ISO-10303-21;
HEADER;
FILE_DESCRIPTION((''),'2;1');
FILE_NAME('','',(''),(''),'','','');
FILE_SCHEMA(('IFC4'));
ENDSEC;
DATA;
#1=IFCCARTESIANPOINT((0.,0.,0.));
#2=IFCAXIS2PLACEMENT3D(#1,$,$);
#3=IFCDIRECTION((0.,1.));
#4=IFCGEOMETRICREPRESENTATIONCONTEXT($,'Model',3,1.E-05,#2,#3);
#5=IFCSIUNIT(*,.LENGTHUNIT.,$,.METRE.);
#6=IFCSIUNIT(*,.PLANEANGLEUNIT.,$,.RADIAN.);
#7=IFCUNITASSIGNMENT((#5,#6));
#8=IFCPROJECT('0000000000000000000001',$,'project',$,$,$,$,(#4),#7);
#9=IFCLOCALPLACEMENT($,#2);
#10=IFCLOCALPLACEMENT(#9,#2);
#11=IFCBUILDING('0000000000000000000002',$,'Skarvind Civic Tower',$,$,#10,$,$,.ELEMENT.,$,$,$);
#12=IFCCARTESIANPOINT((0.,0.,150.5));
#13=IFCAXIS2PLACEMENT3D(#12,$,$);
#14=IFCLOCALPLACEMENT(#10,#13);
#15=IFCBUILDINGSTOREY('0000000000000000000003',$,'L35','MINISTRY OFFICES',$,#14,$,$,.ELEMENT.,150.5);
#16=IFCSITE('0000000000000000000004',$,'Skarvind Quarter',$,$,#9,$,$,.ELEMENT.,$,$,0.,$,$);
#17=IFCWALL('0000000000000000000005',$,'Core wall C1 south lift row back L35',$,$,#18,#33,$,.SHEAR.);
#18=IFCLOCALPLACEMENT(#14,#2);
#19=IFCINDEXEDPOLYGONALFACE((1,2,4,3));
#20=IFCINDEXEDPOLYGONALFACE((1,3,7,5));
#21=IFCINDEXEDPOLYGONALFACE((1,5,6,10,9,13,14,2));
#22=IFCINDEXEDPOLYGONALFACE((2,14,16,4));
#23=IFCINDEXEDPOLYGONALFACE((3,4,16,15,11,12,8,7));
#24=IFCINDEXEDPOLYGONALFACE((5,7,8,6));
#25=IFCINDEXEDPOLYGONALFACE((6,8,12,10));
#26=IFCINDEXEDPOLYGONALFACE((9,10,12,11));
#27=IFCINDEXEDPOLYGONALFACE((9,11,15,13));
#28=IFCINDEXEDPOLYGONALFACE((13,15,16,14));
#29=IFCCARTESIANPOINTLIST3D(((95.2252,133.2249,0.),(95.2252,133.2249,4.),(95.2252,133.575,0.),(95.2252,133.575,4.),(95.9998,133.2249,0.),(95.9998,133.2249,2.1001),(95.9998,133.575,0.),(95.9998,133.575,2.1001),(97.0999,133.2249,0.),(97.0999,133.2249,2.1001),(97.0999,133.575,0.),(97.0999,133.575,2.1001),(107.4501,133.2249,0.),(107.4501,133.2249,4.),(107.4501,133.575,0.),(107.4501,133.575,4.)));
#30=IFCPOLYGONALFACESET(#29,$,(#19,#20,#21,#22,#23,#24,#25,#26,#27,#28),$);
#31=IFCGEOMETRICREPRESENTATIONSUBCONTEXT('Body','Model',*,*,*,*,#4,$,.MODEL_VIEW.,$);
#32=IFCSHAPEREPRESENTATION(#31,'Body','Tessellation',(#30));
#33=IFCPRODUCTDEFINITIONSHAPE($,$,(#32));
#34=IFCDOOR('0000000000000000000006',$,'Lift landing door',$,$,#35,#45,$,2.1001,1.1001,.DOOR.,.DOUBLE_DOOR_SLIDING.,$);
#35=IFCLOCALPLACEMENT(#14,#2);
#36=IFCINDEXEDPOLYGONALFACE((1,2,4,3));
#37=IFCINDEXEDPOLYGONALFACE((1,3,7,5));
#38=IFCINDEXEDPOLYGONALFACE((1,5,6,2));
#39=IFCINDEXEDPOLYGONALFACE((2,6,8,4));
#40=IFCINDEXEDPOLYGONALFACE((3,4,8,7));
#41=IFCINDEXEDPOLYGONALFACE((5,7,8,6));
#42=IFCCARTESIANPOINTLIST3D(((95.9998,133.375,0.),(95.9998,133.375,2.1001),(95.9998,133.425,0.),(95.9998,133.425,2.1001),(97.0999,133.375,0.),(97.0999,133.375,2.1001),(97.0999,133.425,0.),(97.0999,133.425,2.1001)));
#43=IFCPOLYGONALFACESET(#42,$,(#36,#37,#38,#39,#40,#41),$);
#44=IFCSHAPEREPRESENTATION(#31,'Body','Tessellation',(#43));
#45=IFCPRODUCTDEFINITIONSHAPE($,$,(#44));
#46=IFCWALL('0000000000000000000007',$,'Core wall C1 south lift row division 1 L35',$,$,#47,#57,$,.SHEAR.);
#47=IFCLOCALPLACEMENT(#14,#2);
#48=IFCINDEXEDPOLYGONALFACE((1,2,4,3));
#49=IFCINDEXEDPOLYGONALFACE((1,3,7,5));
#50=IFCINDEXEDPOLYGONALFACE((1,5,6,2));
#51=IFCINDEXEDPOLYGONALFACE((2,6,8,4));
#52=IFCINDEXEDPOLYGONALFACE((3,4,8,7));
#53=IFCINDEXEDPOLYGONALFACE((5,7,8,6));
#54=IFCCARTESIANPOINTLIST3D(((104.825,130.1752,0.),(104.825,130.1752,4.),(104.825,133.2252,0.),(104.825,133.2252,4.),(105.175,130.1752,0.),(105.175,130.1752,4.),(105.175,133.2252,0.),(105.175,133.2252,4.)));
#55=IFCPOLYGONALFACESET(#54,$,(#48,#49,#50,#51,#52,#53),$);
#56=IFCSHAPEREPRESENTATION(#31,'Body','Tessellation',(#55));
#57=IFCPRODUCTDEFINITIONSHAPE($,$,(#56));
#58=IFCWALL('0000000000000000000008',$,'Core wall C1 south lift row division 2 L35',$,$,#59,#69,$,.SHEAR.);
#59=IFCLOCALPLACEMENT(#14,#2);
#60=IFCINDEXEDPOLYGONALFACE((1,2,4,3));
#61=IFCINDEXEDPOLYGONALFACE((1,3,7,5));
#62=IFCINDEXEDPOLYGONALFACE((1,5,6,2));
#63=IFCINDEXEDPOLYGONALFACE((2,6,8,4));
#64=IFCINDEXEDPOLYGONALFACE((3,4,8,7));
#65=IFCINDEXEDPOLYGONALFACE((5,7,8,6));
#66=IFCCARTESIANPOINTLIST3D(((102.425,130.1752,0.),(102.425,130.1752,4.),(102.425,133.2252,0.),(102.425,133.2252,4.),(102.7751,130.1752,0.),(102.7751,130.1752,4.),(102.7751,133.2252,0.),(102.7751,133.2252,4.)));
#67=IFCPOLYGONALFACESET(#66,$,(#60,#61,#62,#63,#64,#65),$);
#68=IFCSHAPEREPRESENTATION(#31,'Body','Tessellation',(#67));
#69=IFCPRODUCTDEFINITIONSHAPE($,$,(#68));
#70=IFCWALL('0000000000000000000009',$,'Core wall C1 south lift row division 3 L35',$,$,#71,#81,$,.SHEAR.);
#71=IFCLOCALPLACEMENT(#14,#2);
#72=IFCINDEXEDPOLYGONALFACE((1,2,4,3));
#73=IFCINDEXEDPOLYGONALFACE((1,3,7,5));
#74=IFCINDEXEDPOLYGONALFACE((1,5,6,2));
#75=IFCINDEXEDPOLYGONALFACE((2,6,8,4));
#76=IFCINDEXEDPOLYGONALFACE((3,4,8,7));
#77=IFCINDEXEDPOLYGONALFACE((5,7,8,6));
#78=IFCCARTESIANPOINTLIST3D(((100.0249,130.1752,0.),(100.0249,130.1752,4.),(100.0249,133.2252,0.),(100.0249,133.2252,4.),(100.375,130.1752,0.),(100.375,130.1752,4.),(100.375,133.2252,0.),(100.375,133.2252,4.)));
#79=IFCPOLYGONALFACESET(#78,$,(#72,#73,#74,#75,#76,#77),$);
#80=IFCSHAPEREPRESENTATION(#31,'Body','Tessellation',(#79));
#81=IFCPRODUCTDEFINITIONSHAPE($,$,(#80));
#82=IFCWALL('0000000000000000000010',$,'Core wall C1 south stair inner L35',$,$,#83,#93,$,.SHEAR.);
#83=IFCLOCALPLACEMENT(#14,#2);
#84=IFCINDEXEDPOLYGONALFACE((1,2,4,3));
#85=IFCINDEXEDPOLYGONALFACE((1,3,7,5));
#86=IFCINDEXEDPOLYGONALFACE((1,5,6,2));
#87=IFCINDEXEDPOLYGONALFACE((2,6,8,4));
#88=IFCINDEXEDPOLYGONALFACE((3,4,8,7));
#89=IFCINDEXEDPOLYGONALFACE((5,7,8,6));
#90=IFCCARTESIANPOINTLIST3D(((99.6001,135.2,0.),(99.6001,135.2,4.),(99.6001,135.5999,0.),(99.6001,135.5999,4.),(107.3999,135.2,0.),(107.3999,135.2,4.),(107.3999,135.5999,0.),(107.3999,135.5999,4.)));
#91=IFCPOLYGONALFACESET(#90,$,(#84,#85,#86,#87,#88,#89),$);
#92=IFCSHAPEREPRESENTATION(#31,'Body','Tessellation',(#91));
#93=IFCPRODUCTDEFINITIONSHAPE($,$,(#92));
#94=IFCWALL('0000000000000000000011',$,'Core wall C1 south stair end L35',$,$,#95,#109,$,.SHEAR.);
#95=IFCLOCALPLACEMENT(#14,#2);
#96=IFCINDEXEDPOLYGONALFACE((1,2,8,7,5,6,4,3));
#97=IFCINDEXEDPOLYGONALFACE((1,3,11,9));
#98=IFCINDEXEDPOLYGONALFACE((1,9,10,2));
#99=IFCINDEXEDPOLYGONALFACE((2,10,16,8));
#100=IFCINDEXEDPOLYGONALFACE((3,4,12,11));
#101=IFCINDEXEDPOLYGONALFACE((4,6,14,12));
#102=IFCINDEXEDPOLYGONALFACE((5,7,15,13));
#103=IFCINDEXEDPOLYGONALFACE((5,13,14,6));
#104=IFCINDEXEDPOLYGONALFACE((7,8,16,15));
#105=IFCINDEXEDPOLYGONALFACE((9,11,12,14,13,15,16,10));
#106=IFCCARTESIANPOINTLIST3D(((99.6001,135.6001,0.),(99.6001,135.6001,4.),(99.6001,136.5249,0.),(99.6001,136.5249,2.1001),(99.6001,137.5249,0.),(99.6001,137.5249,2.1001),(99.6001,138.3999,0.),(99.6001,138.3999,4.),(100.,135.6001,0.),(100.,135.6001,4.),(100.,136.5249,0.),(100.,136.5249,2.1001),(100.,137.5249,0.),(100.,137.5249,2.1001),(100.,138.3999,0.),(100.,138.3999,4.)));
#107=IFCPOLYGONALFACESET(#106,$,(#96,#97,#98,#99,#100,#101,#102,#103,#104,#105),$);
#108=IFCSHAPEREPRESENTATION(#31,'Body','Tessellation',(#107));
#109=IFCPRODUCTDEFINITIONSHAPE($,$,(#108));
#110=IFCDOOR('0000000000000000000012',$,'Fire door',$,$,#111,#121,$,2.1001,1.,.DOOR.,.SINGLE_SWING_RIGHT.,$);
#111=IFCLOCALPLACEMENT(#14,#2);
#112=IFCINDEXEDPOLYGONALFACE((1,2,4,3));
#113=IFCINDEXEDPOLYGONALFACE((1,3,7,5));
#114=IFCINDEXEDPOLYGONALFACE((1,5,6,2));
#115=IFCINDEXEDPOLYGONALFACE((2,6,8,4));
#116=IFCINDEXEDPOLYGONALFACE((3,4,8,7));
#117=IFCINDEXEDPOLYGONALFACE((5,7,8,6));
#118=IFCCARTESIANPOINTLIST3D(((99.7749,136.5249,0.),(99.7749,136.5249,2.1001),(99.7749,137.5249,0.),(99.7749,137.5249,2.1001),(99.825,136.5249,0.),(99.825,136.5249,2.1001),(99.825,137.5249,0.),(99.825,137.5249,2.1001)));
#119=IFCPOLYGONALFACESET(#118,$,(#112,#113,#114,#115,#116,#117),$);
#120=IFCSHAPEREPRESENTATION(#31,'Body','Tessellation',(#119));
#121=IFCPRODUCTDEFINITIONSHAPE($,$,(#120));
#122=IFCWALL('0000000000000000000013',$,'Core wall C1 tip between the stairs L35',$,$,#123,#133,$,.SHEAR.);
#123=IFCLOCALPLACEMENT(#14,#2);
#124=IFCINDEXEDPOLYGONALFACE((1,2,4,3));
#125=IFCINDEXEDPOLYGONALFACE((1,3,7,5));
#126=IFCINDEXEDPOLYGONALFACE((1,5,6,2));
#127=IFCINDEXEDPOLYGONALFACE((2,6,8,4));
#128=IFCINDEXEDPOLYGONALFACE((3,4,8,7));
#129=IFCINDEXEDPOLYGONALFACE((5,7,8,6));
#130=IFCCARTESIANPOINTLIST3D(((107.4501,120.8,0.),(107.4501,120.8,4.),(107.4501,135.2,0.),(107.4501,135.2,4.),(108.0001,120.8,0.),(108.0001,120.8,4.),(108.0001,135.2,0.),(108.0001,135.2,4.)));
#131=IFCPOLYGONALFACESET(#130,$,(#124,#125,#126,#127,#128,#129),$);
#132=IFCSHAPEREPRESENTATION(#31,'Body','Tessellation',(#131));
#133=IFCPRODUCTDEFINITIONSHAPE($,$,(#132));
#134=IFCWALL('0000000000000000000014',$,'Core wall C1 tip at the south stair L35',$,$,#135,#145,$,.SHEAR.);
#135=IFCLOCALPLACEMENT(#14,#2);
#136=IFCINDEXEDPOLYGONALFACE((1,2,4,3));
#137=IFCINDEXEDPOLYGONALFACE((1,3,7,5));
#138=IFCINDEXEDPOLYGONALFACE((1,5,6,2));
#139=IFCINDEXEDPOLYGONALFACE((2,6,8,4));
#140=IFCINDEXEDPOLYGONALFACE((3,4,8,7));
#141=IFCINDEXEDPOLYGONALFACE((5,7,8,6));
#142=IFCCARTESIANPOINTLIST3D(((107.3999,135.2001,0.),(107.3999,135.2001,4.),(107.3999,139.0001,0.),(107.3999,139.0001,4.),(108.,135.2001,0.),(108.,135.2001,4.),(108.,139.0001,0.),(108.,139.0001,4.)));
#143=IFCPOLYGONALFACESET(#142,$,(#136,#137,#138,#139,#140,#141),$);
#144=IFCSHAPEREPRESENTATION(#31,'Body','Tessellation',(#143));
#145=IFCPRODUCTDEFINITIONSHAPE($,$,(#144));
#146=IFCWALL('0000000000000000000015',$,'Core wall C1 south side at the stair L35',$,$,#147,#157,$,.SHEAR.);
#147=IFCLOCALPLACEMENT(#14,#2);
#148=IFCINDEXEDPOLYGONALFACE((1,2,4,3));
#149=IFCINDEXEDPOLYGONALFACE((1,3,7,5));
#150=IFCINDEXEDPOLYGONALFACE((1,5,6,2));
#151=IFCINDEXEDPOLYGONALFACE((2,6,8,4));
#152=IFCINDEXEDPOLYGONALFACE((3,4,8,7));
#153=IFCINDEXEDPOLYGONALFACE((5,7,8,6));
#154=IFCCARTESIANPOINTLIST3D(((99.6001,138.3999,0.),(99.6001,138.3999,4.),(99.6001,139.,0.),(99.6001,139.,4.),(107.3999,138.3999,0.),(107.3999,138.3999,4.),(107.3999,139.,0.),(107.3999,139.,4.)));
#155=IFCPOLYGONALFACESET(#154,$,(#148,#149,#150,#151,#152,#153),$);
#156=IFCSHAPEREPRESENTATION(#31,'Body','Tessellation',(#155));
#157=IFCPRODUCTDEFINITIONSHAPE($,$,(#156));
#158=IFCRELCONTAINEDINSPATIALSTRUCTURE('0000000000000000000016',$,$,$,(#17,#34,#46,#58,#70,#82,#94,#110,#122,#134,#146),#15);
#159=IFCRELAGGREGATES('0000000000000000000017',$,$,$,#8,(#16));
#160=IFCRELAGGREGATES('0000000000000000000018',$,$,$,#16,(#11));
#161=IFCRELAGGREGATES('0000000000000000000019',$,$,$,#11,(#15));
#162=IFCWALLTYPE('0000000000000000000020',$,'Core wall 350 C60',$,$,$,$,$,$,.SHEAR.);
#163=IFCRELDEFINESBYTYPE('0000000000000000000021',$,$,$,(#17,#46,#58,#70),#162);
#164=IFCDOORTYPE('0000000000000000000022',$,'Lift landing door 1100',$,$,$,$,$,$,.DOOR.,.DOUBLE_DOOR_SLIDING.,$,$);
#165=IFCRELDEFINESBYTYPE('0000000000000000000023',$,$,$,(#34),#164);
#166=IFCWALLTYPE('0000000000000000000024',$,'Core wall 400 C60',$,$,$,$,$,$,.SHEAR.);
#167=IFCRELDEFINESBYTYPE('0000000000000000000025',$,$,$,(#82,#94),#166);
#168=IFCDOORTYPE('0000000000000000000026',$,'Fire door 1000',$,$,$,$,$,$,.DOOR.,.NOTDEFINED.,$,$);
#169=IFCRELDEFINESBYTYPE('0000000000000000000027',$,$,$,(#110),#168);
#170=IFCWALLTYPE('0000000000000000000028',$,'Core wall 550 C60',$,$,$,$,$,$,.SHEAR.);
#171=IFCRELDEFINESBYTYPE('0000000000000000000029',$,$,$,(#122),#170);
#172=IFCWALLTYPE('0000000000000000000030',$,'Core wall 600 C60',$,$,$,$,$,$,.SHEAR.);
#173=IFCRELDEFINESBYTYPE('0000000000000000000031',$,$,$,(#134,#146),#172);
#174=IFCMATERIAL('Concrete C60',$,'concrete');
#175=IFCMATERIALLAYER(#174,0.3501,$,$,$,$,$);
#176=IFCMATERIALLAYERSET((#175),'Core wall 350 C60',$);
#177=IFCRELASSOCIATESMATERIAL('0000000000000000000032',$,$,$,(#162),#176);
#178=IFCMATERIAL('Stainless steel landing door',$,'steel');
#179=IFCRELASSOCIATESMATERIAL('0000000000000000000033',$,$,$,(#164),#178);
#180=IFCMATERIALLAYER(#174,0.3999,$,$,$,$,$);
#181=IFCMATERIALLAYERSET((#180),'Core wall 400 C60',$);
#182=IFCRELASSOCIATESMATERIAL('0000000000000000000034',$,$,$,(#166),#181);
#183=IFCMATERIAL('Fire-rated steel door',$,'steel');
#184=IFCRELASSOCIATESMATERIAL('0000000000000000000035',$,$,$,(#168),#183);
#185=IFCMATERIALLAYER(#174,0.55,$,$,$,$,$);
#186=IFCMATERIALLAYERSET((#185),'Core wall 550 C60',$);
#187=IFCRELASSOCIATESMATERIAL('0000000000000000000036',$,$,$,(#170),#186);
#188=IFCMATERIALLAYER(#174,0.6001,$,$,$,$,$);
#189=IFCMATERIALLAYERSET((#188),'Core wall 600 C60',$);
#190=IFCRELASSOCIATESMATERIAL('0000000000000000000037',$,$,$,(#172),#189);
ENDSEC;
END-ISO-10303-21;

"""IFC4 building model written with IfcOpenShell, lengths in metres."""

from ifc_helpers import new_model, si_unit, direction, frame, frame_2d, origin, place, context, subcontext, project, spatial, rectangle, extrude, material, layer, layer_set, type_object, element, fill, save


model = new_model("IFC4")

# Units and contexts
model_context = context("Model", 3, precision=1e-05, world=origin(), true_north=direction((0.0, 1.0)))
body_context = subcontext(model_context, "Body", "Model", "MODEL_VIEW")
ifc_project = project(units=[si_unit("LENGTHUNIT", "METRE"), si_unit("PLANEANGLEUNIT", "RADIAN")], contexts=[model_context])

# Site, building, storey
site_placement = place(None, origin())
site = spatial("IfcSite", under=ifc_project, at=site_placement, Name="Skarvind Quarter", CompositionType="ELEMENT", RefElevation=0.0)
building_placement = place(site_placement, origin())
building = spatial("IfcBuilding", under=site, at=building_placement, Name="Skarvind Civic Tower", CompositionType="ELEMENT")
storey_placement = place(building_placement, frame((0.0, 0.0, 150.5)))
storey = spatial("IfcBuildingStorey", under=building, at=storey_placement, Name="L35", Description="MINISTRY OFFICES", CompositionType="ELEMENT", Elevation=150.5)

# Wall, opening, door
ifc_material_1 = material(Name="Concrete C60", Category="concrete")
ifc_layer_1 = layer(ifc_material_1, 0.3501)
ifc_layer_set_1 = layer_set([ifc_layer_1], Name="Core wall 350 C60")
wall_type_1 = type_object("IfcWallType", Name="Core wall 350 C60", PredefinedType="SHEAR", material=ifc_layer_set_1)
wall_1_placement = place(storey_placement, frame((107.45, 133.3999, 0.0), z_axis=(0.0, 0.0, 1.0), x_axis=(-1.0, 0.0, 0.0)))
wall_1 = element("IfcWall", 1, at=wall_1_placement, inside=storey, type_object=wall_type_1, Name="Core wall C1 south lift row back L35", PredefinedType="SHEAR", context=body_context, shape_type="SweptSolid", body=[
    extrude(rectangle(XDim=12.2249, YDim=0.3501, at=frame_2d((6.1123, 0.0))), origin(), (0.0, 0.0, 1.0), 4.0),
])
opening_1_placement = place(wall_1_placement, frame((10.3501, 0.0, 0.0)))
opening_1 = element("IfcOpeningElement", 2, at=opening_1_placement, cuts=wall_1, PredefinedType="OPENING", context=body_context, shape_type="SweptSolid", body=[
    extrude(rectangle(XDim=1.1001, YDim=2.1001, at=frame_2d((0.55, 1.05))), frame((0.0, 0.1851, 0.0), z_axis=(0.0, -1.0, 0.0), x_axis=(1.0, 0.0, 0.0)), (0.0, 0.0, 1.0), 0.3701),
])
ifc_material_2 = material(Name="Stainless steel landing door", Category="steel")
door_type_1 = type_object("IfcDoorType", Name="Lift landing door 1100", OperationType="DOUBLE_DOOR_SLIDING", PredefinedType="DOOR", material=ifc_material_2)
door_1_placement = place(opening_1_placement, origin())
door_1 = element("IfcDoor", 3, at=door_1_placement, inside=storey, type_object=door_type_1, Name="Lift landing door", OperationType="DOUBLE_DOOR_SLIDING", OverallHeight=2.1001, OverallWidth=1.1001, PredefinedType="DOOR", context=body_context, shape_type="SweptSolid", body=[
    extrude(rectangle(XDim=1.1001, YDim=2.1001, at=frame_2d((0.55, 1.05))), frame((0.0, 0.0249, 0.0), z_axis=(0.0, -1.0, 0.0), x_axis=(1.0, 0.0, 0.0)), (0.0, 0.0, 1.0), 0.05),
])
fill(opening_1, door_1)

# Walls
for number, where, z_axis, x_axis, name in (
    (4, (105.0, 133.2251, 0.0), (0.0, 0.0, 1.0), (0.0, -1.0, 0.0), "Core wall C1 south lift row division 1 L35"),
    (5, (102.6001, 133.2251, 0.0), (0.0, 0.0, 1.0), (0.0, -1.0, 0.0), "Core wall C1 south lift row division 2 L35"),
    (6, (100.2, 133.2251, 0.0), (0.0, 0.0, 1.0), (0.0, -1.0, 0.0), "Core wall C1 south lift row division 3 L35"),
):
    element("IfcWall", number, at=place(storey_placement, frame(where, z_axis=z_axis, x_axis=x_axis)), inside=storey, type_object=wall_type_1, Name=name, PredefinedType="SHEAR", context=body_context, shape_type="SweptSolid", body=[
        extrude(rectangle(XDim=3.05, YDim=0.3501, at=frame_2d((1.5249, 0.0))), origin(), (0.0, 0.0, 1.0), 4.0),
    ])
ifc_layer_2 = layer(ifc_material_1, 0.3999)
ifc_layer_set_2 = layer_set([ifc_layer_2], Name="Core wall 400 C60")
wall_type_2 = type_object("IfcWallType", Name="Core wall 400 C60", PredefinedType="SHEAR", material=ifc_layer_set_2)
wall_2_placement = place(storey_placement, frame((107.3999, 135.3999, 0.0), z_axis=(0.0, 0.0, 1.0), x_axis=(-1.0, 0.0, 0.0)))
element("IfcWall", 7, at=wall_2_placement, inside=storey, type_object=wall_type_2, Name="Core wall C1 south stair inner L35", PredefinedType="SHEAR", context=body_context, shape_type="SweptSolid", body=[
    extrude(rectangle(XDim=7.7998, YDim=0.3999, at=frame_2d((3.8999, 0.0))), origin(), (0.0, 0.0, 1.0), 4.0),
])

# Wall, opening, door
wall_3_placement = place(storey_placement, frame((99.8, 138.3999, 0.0), z_axis=(0.0, 0.0, 1.0), x_axis=(0.0, -1.0, 0.0)))
wall_3 = element("IfcWall", 8, at=wall_3_placement, inside=storey, type_object=wall_type_2, Name="Core wall C1 south stair end L35", PredefinedType="SHEAR", context=body_context, shape_type="SweptSolid", body=[
    extrude(rectangle(XDim=2.7998, YDim=0.3999, at=frame_2d((1.3999, 0.0))), origin(), (0.0, 0.0, 1.0), 4.0),
])
opening_2_placement = place(wall_3_placement, frame((0.875, 0.0, 0.0)))
opening_2 = element("IfcOpeningElement", 9, at=opening_2_placement, cuts=wall_3, PredefinedType="OPENING", context=body_context, shape_type="SweptSolid", body=[
    extrude(rectangle(XDim=1.0, YDim=2.1001, at=frame_2d((0.5, 1.05))), frame((0.0, 0.21, 0.0), z_axis=(0.0, -1.0, 0.0), x_axis=(1.0, 0.0, 0.0)), (0.0, 0.0, 1.0), 0.4199),
])
ifc_material_3 = material(Name="Fire-rated steel door", Category="steel")
door_type_2 = type_object("IfcDoorType", Name="Fire door 1000", OperationType="NOTDEFINED", PredefinedType="DOOR", material=ifc_material_3)
door_2_placement = place(opening_2_placement, origin())
door_2 = element("IfcDoor", 10, at=door_2_placement, inside=storey, type_object=door_type_2, Name="Fire door", OperationType="SINGLE_SWING_RIGHT", OverallHeight=2.1001, OverallWidth=1.0, PredefinedType="DOOR", context=body_context, shape_type="SweptSolid", body=[
    extrude(rectangle(XDim=1.0, YDim=2.1001, at=frame_2d((0.5, 1.05))), frame((0.0, 0.0249, 0.0), z_axis=(0.0, -1.0, 0.0), x_axis=(1.0, 0.0, 0.0)), (0.0, 0.0, 1.0), 0.05),
])
fill(opening_2, door_2)

# Walls
ifc_layer_3 = layer(ifc_material_1, 0.55)
ifc_layer_set_3 = layer_set([ifc_layer_3], Name="Core wall 550 C60")
wall_type_3 = type_object("IfcWallType", Name="Core wall 550 C60", PredefinedType="SHEAR", material=ifc_layer_set_3)
wall_4_placement = place(storey_placement, frame((107.7251, 135.2, 0.0), z_axis=(0.0, 0.0, 1.0), x_axis=(0.0, -1.0, 0.0)))
element("IfcWall", 11, at=wall_4_placement, inside=storey, type_object=wall_type_3, Name="Core wall C1 tip between the stairs L35", PredefinedType="SHEAR", context=body_context, shape_type="SweptSolid", body=[
    extrude(rectangle(XDim=14.3999, YDim=0.55, at=frame_2d((7.2, 0.0))), origin(), (0.0, 0.0, 1.0), 4.0),
])
ifc_layer_4 = layer(ifc_material_1, 0.6001)
ifc_layer_set_4 = layer_set([ifc_layer_4], Name="Core wall 600 C60")
wall_type_4 = type_object("IfcWallType", Name="Core wall 600 C60", PredefinedType="SHEAR", material=ifc_layer_set_4)
wall_5_placement = place(storey_placement, frame((107.7, 139.0, 0.0), z_axis=(0.0, 0.0, 1.0), x_axis=(0.0, -1.0, 0.0)))
element("IfcWall", 12, at=wall_5_placement, inside=storey, type_object=wall_type_4, Name="Core wall C1 tip at the south stair L35", PredefinedType="SHEAR", context=body_context, shape_type="SweptSolid", body=[
    extrude(rectangle(XDim=3.8, YDim=0.6001, at=frame_2d((1.8999, 0.0))), origin(), (0.0, 0.0, 1.0), 4.0),
])
wall_6_placement = place(storey_placement, frame((107.3999, 138.7, 0.0), z_axis=(0.0, 0.0, 1.0), x_axis=(-1.0, 0.0, 0.0)))
element("IfcWall", 13, at=wall_6_placement, inside=storey, type_object=wall_type_4, Name="Core wall C1 south side at the stair L35", PredefinedType="SHEAR", context=body_context, shape_type="SweptSolid", body=[
    extrude(rectangle(XDim=7.7998, YDim=0.6001, at=frame_2d((3.8999, 0.0))), origin(), (0.0, 0.0, 1.0), 4.0),
])

save(model, "model.ifc")
